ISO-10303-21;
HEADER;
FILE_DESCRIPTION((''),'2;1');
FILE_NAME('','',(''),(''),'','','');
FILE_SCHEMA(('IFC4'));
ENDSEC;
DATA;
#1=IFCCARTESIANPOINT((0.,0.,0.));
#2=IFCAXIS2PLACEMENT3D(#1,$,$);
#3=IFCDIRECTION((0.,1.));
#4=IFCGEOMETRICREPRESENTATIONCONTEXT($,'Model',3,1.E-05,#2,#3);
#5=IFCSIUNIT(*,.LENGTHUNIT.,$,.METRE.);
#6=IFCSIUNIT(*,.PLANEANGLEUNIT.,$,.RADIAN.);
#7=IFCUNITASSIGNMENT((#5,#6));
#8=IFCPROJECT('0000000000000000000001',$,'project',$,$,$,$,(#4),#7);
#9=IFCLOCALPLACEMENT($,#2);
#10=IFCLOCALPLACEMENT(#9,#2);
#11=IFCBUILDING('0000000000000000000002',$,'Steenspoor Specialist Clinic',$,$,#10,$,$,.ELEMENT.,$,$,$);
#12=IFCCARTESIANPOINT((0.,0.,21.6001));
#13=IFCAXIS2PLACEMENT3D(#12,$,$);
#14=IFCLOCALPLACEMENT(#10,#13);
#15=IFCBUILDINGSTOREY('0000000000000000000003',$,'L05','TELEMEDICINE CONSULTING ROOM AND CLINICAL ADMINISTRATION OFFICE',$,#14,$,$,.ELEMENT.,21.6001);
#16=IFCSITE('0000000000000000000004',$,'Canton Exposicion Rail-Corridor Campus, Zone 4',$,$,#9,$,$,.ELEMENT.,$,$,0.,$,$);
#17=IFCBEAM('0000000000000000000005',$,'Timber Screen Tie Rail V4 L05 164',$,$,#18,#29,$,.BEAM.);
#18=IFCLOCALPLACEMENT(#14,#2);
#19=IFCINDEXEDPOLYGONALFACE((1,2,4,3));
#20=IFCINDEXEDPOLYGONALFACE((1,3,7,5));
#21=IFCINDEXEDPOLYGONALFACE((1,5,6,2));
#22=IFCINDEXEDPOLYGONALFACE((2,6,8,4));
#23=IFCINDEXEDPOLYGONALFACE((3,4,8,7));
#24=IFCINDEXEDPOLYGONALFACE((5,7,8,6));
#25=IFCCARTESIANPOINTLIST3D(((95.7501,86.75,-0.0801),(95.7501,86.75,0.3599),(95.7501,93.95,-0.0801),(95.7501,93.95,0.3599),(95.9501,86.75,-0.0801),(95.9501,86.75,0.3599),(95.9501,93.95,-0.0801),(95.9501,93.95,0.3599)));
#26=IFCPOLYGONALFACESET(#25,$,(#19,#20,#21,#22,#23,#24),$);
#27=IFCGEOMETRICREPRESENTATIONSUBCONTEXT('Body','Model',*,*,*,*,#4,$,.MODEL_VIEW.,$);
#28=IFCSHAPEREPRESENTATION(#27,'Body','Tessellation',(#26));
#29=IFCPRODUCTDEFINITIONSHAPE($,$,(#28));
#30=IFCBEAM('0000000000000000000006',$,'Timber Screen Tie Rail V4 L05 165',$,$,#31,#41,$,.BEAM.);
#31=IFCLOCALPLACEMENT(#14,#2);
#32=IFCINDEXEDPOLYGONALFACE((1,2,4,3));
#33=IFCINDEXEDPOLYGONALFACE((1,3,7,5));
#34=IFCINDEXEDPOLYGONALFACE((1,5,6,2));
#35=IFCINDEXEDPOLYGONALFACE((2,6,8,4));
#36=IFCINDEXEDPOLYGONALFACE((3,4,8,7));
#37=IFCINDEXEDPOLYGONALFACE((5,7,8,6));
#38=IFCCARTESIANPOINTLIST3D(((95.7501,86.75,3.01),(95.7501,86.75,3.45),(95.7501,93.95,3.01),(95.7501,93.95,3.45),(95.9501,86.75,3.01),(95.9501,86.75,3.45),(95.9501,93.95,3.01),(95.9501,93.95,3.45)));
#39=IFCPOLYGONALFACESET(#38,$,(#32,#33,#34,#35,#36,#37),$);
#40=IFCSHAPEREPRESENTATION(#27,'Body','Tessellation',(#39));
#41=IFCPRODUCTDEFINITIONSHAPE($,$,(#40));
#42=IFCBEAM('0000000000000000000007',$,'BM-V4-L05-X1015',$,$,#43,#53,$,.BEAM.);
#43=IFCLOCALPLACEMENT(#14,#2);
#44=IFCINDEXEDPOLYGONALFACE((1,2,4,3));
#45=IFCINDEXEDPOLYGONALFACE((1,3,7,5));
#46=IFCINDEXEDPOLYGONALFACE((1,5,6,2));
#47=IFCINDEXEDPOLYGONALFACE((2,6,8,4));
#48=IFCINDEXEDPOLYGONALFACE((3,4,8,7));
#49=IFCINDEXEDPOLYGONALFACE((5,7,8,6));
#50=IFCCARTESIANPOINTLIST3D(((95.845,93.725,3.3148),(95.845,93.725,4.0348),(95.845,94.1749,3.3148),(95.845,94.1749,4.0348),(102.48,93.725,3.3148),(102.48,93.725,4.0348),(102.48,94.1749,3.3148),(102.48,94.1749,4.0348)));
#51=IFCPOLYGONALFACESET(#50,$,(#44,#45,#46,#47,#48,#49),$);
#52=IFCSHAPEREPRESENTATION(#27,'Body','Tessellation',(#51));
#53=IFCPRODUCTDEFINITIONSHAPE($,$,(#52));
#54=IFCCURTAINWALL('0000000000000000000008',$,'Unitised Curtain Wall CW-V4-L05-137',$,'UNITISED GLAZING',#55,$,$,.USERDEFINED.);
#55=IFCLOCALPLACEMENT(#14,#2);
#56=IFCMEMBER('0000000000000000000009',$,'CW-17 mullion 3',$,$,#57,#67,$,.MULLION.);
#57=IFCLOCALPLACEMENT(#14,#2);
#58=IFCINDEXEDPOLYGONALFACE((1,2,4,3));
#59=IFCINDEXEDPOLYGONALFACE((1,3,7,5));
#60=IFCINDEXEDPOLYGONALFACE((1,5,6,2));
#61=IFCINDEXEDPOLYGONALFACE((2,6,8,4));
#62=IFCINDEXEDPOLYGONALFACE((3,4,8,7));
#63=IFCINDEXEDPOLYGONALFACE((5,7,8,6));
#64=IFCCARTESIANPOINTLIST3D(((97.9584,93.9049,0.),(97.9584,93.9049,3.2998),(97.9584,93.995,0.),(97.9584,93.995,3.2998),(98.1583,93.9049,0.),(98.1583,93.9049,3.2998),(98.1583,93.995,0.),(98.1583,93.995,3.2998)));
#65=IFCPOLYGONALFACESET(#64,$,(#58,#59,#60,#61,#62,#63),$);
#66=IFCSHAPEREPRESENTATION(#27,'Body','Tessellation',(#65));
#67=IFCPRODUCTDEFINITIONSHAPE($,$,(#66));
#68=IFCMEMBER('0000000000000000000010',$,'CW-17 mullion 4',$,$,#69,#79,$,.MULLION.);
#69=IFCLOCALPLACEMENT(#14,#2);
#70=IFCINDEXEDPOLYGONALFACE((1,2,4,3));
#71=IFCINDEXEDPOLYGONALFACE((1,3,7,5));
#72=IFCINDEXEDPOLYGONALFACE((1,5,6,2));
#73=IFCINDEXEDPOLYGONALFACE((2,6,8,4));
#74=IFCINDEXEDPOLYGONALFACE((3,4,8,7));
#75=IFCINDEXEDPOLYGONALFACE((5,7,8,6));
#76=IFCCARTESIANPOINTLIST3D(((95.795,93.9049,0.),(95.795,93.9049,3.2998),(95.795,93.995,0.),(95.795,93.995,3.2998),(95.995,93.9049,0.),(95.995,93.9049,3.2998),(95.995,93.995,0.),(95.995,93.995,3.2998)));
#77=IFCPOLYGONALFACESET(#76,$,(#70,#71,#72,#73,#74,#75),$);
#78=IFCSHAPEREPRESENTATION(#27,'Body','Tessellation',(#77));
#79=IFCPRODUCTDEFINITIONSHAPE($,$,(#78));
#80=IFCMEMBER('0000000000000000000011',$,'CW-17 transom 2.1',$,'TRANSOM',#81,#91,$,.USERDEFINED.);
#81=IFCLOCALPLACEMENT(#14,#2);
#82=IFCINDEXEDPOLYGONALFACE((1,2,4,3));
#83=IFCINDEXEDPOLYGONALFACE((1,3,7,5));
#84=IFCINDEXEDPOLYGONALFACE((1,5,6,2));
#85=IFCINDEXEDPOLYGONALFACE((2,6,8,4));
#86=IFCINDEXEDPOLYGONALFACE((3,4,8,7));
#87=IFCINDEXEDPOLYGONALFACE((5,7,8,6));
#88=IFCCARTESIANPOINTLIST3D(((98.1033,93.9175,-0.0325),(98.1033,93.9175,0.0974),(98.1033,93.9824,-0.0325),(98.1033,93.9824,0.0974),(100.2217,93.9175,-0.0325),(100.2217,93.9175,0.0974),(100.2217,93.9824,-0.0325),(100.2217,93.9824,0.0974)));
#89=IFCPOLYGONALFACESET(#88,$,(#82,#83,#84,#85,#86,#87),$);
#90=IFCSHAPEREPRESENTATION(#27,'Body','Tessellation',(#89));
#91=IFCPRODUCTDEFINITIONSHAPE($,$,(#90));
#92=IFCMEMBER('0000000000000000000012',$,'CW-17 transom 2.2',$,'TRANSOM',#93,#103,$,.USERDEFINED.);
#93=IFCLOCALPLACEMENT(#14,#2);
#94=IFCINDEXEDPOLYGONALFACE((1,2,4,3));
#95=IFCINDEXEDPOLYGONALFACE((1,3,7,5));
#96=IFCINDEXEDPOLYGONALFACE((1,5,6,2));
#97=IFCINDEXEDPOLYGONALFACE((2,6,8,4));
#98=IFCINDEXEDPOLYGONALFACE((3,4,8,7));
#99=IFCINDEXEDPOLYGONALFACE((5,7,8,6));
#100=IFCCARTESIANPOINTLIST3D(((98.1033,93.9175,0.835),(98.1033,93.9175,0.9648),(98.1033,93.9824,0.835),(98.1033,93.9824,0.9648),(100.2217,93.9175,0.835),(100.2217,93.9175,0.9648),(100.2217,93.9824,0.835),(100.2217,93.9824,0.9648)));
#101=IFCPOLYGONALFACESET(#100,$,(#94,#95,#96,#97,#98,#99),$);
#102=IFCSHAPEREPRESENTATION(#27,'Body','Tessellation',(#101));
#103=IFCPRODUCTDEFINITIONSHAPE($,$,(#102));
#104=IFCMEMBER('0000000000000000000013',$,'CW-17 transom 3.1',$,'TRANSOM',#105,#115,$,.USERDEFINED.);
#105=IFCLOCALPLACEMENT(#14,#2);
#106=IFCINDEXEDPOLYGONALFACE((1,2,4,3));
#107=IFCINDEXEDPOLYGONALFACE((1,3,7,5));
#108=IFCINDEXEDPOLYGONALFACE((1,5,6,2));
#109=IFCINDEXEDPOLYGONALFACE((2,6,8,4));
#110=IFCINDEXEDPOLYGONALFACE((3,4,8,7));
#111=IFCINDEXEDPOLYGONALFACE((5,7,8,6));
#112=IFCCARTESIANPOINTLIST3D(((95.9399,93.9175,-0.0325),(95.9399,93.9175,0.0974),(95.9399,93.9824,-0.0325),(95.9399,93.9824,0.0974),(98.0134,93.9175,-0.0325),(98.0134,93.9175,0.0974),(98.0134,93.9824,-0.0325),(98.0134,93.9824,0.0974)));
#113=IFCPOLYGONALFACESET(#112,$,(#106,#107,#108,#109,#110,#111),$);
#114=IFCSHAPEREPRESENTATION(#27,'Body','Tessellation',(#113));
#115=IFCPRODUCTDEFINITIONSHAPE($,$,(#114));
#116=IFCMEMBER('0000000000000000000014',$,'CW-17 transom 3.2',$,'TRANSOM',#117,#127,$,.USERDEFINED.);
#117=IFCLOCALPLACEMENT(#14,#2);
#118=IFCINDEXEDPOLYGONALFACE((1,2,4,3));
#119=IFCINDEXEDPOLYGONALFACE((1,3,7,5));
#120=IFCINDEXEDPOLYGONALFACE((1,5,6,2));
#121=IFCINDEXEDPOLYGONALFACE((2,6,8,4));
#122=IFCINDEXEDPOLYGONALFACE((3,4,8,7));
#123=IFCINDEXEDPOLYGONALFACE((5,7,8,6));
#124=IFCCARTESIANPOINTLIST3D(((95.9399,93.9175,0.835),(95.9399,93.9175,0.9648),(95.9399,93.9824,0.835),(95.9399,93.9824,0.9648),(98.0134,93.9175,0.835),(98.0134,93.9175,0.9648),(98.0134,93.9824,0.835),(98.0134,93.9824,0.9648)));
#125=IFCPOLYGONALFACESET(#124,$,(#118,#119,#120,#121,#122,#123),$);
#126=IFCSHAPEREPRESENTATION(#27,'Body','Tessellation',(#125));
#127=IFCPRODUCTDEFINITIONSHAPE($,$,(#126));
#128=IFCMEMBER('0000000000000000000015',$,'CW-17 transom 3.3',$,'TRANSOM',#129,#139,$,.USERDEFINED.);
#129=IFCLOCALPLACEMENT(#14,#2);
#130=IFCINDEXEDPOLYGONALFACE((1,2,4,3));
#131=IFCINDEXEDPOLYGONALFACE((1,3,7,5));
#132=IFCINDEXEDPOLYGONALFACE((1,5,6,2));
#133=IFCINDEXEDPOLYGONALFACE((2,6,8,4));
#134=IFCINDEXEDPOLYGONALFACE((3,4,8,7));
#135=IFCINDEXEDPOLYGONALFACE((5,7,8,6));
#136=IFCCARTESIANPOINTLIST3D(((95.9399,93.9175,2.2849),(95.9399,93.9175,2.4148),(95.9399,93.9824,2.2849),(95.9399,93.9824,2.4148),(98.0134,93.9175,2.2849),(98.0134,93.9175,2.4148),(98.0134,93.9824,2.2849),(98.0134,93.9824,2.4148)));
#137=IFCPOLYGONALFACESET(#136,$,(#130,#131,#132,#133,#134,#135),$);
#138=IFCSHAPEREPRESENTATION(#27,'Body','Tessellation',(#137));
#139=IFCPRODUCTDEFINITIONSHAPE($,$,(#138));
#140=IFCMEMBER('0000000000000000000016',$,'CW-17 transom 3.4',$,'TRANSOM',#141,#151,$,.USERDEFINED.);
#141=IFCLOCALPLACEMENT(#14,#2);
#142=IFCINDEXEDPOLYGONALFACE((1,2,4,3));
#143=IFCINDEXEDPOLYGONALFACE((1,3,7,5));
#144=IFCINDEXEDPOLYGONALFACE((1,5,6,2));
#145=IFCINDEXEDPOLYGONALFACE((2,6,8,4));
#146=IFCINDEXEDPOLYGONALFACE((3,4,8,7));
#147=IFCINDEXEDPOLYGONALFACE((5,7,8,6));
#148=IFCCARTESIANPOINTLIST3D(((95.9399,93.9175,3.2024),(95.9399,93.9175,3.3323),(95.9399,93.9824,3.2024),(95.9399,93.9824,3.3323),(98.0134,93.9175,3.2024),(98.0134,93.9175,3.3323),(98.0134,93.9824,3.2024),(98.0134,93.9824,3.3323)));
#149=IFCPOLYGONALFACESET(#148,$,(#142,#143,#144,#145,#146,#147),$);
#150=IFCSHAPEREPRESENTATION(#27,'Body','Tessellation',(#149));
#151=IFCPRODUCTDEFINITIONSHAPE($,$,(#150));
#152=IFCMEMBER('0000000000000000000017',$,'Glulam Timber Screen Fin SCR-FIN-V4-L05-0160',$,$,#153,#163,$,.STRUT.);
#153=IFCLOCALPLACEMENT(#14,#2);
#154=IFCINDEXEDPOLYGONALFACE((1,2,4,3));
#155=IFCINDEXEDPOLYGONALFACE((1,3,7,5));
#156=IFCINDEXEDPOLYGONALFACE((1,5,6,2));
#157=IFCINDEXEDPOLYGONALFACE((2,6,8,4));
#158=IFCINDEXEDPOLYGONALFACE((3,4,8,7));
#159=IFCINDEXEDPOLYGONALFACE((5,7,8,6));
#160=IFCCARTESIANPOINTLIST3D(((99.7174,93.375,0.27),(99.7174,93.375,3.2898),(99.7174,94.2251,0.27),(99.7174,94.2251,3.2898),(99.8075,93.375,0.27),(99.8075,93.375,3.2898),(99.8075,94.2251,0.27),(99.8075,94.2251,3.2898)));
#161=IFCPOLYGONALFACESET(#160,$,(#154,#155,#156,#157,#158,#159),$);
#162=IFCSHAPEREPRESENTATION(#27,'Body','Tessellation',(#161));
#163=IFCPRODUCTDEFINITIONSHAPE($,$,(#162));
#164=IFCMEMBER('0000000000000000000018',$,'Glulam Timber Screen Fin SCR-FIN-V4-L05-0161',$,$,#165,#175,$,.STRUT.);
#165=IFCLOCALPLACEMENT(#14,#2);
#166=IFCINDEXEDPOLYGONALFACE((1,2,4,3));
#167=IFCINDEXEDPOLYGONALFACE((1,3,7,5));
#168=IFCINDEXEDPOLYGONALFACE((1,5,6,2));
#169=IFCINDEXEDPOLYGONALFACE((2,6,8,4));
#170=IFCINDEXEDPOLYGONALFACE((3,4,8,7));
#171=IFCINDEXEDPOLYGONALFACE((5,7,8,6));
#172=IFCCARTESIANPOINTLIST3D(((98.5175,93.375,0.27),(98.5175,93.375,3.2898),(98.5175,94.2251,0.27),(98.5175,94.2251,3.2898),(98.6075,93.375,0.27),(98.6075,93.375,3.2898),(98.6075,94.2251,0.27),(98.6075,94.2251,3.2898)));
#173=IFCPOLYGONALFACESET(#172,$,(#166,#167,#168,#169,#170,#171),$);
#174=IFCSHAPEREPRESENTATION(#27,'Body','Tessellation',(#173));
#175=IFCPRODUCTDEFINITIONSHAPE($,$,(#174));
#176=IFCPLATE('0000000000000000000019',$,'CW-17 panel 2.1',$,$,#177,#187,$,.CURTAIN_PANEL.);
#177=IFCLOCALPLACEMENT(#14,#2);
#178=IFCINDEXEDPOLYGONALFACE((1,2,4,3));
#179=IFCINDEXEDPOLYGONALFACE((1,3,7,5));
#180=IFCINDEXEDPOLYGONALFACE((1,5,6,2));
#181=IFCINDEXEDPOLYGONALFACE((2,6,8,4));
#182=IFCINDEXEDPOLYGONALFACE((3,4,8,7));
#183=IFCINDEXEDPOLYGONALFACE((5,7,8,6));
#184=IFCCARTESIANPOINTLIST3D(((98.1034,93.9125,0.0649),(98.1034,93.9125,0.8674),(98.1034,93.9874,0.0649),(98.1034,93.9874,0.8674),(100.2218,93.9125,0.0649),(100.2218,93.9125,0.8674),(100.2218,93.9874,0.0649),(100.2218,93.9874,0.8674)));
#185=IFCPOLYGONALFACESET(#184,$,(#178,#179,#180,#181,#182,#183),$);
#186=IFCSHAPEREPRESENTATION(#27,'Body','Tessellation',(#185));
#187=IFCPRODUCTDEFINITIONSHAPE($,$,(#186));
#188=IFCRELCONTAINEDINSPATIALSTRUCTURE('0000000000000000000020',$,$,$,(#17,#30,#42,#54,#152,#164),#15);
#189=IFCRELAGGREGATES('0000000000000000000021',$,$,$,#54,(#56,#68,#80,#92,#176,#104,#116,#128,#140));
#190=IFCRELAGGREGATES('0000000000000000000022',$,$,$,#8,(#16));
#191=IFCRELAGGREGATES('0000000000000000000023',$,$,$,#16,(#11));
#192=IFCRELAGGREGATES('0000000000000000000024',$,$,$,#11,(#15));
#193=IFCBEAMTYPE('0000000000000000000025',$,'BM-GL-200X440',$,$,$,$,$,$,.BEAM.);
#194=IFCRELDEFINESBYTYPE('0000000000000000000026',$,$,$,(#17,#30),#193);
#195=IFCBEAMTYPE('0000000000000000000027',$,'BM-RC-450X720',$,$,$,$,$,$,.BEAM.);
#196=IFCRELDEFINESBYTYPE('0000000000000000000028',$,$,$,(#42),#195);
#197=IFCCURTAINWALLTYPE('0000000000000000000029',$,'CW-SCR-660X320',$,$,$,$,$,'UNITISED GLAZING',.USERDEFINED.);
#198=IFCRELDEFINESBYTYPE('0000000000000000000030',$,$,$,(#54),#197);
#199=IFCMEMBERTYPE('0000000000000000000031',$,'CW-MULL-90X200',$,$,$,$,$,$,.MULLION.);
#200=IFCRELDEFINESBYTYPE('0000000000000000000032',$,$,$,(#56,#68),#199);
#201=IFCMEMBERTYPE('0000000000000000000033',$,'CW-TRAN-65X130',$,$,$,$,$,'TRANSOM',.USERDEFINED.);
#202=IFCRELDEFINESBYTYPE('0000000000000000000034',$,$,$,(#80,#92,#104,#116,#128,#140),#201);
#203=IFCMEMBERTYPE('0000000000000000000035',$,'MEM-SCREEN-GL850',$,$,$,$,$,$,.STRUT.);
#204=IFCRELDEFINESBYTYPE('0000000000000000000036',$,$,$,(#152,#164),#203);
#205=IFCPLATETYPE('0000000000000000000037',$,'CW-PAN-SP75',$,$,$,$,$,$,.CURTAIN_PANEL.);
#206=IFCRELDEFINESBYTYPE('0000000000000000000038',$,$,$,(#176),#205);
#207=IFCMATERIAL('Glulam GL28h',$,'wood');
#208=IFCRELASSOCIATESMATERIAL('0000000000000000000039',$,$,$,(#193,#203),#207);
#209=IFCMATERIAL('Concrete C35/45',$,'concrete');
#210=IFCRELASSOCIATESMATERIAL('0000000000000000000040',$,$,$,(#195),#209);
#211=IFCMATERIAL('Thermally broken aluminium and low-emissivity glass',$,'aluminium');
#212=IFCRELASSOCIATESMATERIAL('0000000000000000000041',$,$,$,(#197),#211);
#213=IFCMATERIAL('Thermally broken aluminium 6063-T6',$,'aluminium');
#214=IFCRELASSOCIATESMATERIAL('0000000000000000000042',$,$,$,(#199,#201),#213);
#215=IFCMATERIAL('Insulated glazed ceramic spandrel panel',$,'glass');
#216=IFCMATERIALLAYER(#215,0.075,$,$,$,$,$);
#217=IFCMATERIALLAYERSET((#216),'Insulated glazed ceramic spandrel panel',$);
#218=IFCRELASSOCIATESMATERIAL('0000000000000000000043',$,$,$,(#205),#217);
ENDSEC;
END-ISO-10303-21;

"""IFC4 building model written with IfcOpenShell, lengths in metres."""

from ifc_helpers import new_model, si_unit, direction, frame, origin, origin_2d, place, context, subcontext, project, spatial, rectangle, extrude, material, layer, layer_set, material_profile, profile_set, type_object, element, aggregate, save


model = new_model("IFC4")

# Units and contexts
model_context = context("Model", 3, precision=1e-05, world=origin(), true_north=direction((0.0, 1.0)))
body_context = subcontext(model_context, "Body", "Model", "MODEL_VIEW")
ifc_project = project(units=[si_unit("LENGTHUNIT", "METRE"), si_unit("PLANEANGLEUNIT", "RADIAN")], contexts=[model_context])

# Site, building, storey
site_placement = place(None, origin())
site = spatial("IfcSite", under=ifc_project, at=site_placement, Name="Canton Exposicion Rail-Corridor Campus, Zone 4", CompositionType="ELEMENT", RefElevation=0.0)
building_placement = place(site_placement, origin())
building = spatial("IfcBuilding", under=site, at=building_placement, Name="Steenspoor Specialist Clinic", CompositionType="ELEMENT")
storey_placement = place(building_placement, frame((0.0, 0.0, 21.6001)))
storey = spatial("IfcBuildingStorey", under=building, at=storey_placement, Name="L05", Description="TELEMEDICINE CONSULTING ROOM AND CLINICAL ADMINISTRATION OFFICE", CompositionType="ELEMENT", Elevation=21.6001)

# Beams
ifc_material_1 = material(Name="Glulam GL28h", Category="wood")
ifc_material_profile_1 = material_profile(ifc_material_1, rectangle(XDim=0.2, YDim=0.4399, at=origin_2d()), Name="GL28H-200X440")
ifc_profile_set_1 = profile_set([ifc_material_profile_1], Name="Glulam GL28h")
beam_type_1 = type_object("IfcBeamType", Name="BM-GL-200X440", PredefinedType="BEAM", material=ifc_profile_set_1)
for number, where, z_axis, x_axis, name in (
    (1, (95.8501, 93.95, 0.1399), (0.0, -1.0, 0.0), (1.0, 0.0, 0.0), "Timber Screen Tie Rail V4 L05 164"),
    (2, (95.8501, 93.95, 3.23), (0.0, -1.0, 0.0), (1.0, 0.0, 0.0), "Timber Screen Tie Rail V4 L05 165"),
):
    element("IfcBeam", number, at=place(storey_placement, frame(where, z_axis=z_axis, x_axis=x_axis)), inside=storey, type_object=beam_type_1, Name=name, PredefinedType="BEAM", context=body_context, shape_type="SweptSolid", body=[
        extrude(rectangle(XDim=0.2, YDim=0.4399, at=origin_2d()), origin(), (0.0, 0.0, 1.0), 7.2),
    ])
ifc_material_2 = material(Name="Concrete C35/45", Category="concrete")
ifc_material_profile_2 = material_profile(ifc_material_2, rectangle(XDim=0.45, YDim=0.72, at=origin_2d()), Name="RC-BM-450X720")
ifc_profile_set_2 = profile_set([ifc_material_profile_2], Name="Concrete C35/45")
beam_type_2 = type_object("IfcBeamType", Name="BM-RC-450X720", PredefinedType="BEAM", material=ifc_profile_set_2)
beam_placement = place(storey_placement, frame((95.845, 93.95, 3.6748), z_axis=(1.0, 0.0, 0.0), x_axis=(0.0, 1.0, 0.0)))
element("IfcBeam", 3, at=beam_placement, inside=storey, type_object=beam_type_2, Name="BM-V4-L05-X1015", PredefinedType="BEAM", context=body_context, shape_type="SweptSolid", body=[
    extrude(rectangle(XDim=0.45, YDim=0.72, at=origin_2d()), origin(), (0.0, 0.0, 1.0), 6.635),
])

# Curtain wall, members
ifc_material_3 = material(Name="Thermally broken aluminium and low-emissivity glass", Category="aluminium")
curtain_wall_type = type_object("IfcCurtainWallType", Name="CW-SCR-660X320", ElementType="UNITISED GLAZING", PredefinedType="USERDEFINED", material=ifc_material_3)
curtain_wall_placement = place(storey_placement, origin())
curtain_wall = element("IfcCurtainWall", 4, at=curtain_wall_placement, inside=storey, type_object=curtain_wall_type, Name="Unitised Curtain Wall CW-V4-L05-137", ObjectType="UNITISED GLAZING", PredefinedType="USERDEFINED")
ifc_material_4 = material(Name="Thermally broken aluminium 6063-T6", Category="aluminium")
ifc_material_profile_3 = material_profile(ifc_material_4, rectangle(XDim=0.0901, YDim=0.2, at=origin_2d()), Name="CWM-90X200")
ifc_profile_set_3 = profile_set([ifc_material_profile_3], Name="Thermally broken aluminium 6063-T6")
member_type_1 = type_object("IfcMemberType", Name="CW-MULL-90X200", PredefinedType="MULLION", material=ifc_profile_set_3)
member_1_placement = place(storey_placement, frame((98.0583, 93.95, 0.0), z_axis=(0.0, 0.0, 1.0), x_axis=(0.0, -1.0, 0.0)))
member_1 = element("IfcMember", 5, at=member_1_placement, type_object=member_type_1, Name="CW-17 mullion 3", PredefinedType="MULLION", context=body_context, shape_type="SweptSolid", body=[
    extrude(rectangle(XDim=0.0901, YDim=0.2, at=origin_2d()), origin(), (0.0, 0.0, 1.0), 3.2998),
])
member_2_placement = place(storey_placement, frame((95.895, 93.95, 0.0), z_axis=(0.0, 0.0, 1.0), x_axis=(0.0, -1.0, 0.0)))
member_2 = element("IfcMember", 6, at=member_2_placement, type_object=member_type_1, Name="CW-17 mullion 4", PredefinedType="MULLION", context=body_context, shape_type="SweptSolid", body=[
    extrude(rectangle(XDim=0.0901, YDim=0.2, at=origin_2d()), origin(), (0.0, 0.0, 1.0), 3.2998),
])
ifc_material_profile_4 = material_profile(ifc_material_4, rectangle(XDim=0.0649, YDim=0.1299, at=origin_2d()), Name="CWT-65X130")
ifc_profile_set_4 = profile_set([ifc_material_profile_4], Name="Thermally broken aluminium 6063-T6")
member_type_2 = type_object("IfcMemberType", Name="CW-TRAN-65X130", ElementType="TRANSOM", PredefinedType="USERDEFINED", material=ifc_profile_set_4)
member_3_placement = place(storey_placement, frame((100.2217, 93.95, 0.0325), z_axis=(-1.0, 0.0, 0.0), x_axis=(0.0, -1.0, 0.0)))
member_3 = element("IfcMember", 7, at=member_3_placement, type_object=member_type_2, Name="CW-17 transom 2.1", ObjectType="TRANSOM", PredefinedType="USERDEFINED", context=body_context, shape_type="SweptSolid", body=[
    extrude(rectangle(XDim=0.0649, YDim=0.1299, at=origin_2d()), origin(), (0.0, 0.0, 1.0), 2.1184),
])
member_4_placement = place(storey_placement, frame((100.2217, 93.95, 0.8999), z_axis=(-1.0, 0.0, 0.0), x_axis=(0.0, -1.0, 0.0)))
member_4 = element("IfcMember", 8, at=member_4_placement, type_object=member_type_2, Name="CW-17 transom 2.2", ObjectType="TRANSOM", PredefinedType="USERDEFINED", context=body_context, shape_type="SweptSolid", body=[
    extrude(rectangle(XDim=0.0649, YDim=0.1299, at=origin_2d()), origin(), (0.0, 0.0, 1.0), 2.1184),
])
member_5_placement = place(storey_placement, frame((98.0134, 93.95, 0.0325), z_axis=(-1.0, 0.0, 0.0), x_axis=(0.0, -1.0, 0.0)))
member_5 = element("IfcMember", 9, at=member_5_placement, type_object=member_type_2, Name="CW-17 transom 3.1", ObjectType="TRANSOM", PredefinedType="USERDEFINED", context=body_context, shape_type="SweptSolid", body=[
    extrude(rectangle(XDim=0.0649, YDim=0.1299, at=origin_2d()), origin(), (0.0, 0.0, 1.0), 2.0735),
])
member_6_placement = place(storey_placement, frame((98.0134, 93.95, 0.8999), z_axis=(-1.0, 0.0, 0.0), x_axis=(0.0, -1.0, 0.0)))
member_6 = element("IfcMember", 10, at=member_6_placement, type_object=member_type_2, Name="CW-17 transom 3.2", ObjectType="TRANSOM", PredefinedType="USERDEFINED", context=body_context, shape_type="SweptSolid", body=[
    extrude(rectangle(XDim=0.0649, YDim=0.1299, at=origin_2d()), origin(), (0.0, 0.0, 1.0), 2.0735),
])
member_7_placement = place(storey_placement, frame((98.0134, 93.95, 2.3499), z_axis=(-1.0, 0.0, 0.0), x_axis=(0.0, -1.0, 0.0)))
member_7 = element("IfcMember", 11, at=member_7_placement, type_object=member_type_2, Name="CW-17 transom 3.3", ObjectType="TRANSOM", PredefinedType="USERDEFINED", context=body_context, shape_type="SweptSolid", body=[
    extrude(rectangle(XDim=0.0649, YDim=0.1299, at=origin_2d()), origin(), (0.0, 0.0, 1.0), 2.0735),
])
member_8_placement = place(storey_placement, frame((98.0134, 93.95, 3.2673), z_axis=(-1.0, 0.0, 0.0), x_axis=(0.0, -1.0, 0.0)))
member_8 = element("IfcMember", 12, at=member_8_placement, type_object=member_type_2, Name="CW-17 transom 3.4", ObjectType="TRANSOM", PredefinedType="USERDEFINED", context=body_context, shape_type="SweptSolid", body=[
    extrude(rectangle(XDim=0.0649, YDim=0.1299, at=origin_2d()), origin(), (0.0, 0.0, 1.0), 2.0735),
])

# Members
ifc_material_profile_5 = material_profile(ifc_material_1, rectangle(XDim=0.0901, YDim=0.8501, at=origin_2d()), Name="GL28H-90X850")
ifc_profile_set_5 = profile_set([ifc_material_profile_5], Name="Glulam GL28h")
member_type_3 = type_object("IfcMemberType", Name="MEM-SCREEN-GL850", PredefinedType="STRUT", material=ifc_profile_set_5)
for number, where, z_axis, x_axis, name in (
    (13, (99.7625, 93.8, 0.27), (0.0, 0.0, 1.0), (-1.0, 0.0, 0.0), "Glulam Timber Screen Fin SCR-FIN-V4-L05-0160"),
    (14, (98.5625, 93.8, 0.27), (0.0, 0.0, 1.0), (-1.0, 0.0, 0.0), "Glulam Timber Screen Fin SCR-FIN-V4-L05-0161"),
):
    element("IfcMember", number, at=place(storey_placement, frame(where, z_axis=z_axis, x_axis=x_axis)), inside=storey, type_object=member_type_3, Name=name, PredefinedType="STRUT", context=body_context, shape_type="SweptSolid", body=[
        extrude(rectangle(XDim=0.0901, YDim=0.8501, at=origin_2d()), origin(), (0.0, 0.0, 1.0), 3.0198),
    ])

# Plate
ifc_material_5 = material(Name="Insulated glazed ceramic spandrel panel", Category="glass")
ifc_layer = layer(ifc_material_5, 0.075)
ifc_layer_set = layer_set([ifc_layer], Name="Insulated glazed ceramic spandrel panel")
plate_type = type_object("IfcPlateType", Name="CW-PAN-SP75", PredefinedType="CURTAIN_PANEL", material=ifc_layer_set)
plate_1_placement = place(storey_placement, frame((99.1626, 93.95, 0.0649), z_axis=(0.0, 0.0, 1.0), x_axis=(-1.0, 0.0, 0.0)))
plate_1 = element("IfcPlate", 15, at=plate_1_placement, type_object=plate_type, Name="CW-17 panel 2.1", PredefinedType="CURTAIN_PANEL", context=body_context, shape_type="SweptSolid", body=[
    extrude(rectangle(XDim=2.1184, YDim=0.075, at=origin_2d()), origin(), (0.0, 0.0, 1.0), 0.8025),
])
aggregate(curtain_wall, [member_1, member_2, member_3, member_4, plate_1, member_5, member_6, member_7, member_8])

save(model, "model.ifc")
